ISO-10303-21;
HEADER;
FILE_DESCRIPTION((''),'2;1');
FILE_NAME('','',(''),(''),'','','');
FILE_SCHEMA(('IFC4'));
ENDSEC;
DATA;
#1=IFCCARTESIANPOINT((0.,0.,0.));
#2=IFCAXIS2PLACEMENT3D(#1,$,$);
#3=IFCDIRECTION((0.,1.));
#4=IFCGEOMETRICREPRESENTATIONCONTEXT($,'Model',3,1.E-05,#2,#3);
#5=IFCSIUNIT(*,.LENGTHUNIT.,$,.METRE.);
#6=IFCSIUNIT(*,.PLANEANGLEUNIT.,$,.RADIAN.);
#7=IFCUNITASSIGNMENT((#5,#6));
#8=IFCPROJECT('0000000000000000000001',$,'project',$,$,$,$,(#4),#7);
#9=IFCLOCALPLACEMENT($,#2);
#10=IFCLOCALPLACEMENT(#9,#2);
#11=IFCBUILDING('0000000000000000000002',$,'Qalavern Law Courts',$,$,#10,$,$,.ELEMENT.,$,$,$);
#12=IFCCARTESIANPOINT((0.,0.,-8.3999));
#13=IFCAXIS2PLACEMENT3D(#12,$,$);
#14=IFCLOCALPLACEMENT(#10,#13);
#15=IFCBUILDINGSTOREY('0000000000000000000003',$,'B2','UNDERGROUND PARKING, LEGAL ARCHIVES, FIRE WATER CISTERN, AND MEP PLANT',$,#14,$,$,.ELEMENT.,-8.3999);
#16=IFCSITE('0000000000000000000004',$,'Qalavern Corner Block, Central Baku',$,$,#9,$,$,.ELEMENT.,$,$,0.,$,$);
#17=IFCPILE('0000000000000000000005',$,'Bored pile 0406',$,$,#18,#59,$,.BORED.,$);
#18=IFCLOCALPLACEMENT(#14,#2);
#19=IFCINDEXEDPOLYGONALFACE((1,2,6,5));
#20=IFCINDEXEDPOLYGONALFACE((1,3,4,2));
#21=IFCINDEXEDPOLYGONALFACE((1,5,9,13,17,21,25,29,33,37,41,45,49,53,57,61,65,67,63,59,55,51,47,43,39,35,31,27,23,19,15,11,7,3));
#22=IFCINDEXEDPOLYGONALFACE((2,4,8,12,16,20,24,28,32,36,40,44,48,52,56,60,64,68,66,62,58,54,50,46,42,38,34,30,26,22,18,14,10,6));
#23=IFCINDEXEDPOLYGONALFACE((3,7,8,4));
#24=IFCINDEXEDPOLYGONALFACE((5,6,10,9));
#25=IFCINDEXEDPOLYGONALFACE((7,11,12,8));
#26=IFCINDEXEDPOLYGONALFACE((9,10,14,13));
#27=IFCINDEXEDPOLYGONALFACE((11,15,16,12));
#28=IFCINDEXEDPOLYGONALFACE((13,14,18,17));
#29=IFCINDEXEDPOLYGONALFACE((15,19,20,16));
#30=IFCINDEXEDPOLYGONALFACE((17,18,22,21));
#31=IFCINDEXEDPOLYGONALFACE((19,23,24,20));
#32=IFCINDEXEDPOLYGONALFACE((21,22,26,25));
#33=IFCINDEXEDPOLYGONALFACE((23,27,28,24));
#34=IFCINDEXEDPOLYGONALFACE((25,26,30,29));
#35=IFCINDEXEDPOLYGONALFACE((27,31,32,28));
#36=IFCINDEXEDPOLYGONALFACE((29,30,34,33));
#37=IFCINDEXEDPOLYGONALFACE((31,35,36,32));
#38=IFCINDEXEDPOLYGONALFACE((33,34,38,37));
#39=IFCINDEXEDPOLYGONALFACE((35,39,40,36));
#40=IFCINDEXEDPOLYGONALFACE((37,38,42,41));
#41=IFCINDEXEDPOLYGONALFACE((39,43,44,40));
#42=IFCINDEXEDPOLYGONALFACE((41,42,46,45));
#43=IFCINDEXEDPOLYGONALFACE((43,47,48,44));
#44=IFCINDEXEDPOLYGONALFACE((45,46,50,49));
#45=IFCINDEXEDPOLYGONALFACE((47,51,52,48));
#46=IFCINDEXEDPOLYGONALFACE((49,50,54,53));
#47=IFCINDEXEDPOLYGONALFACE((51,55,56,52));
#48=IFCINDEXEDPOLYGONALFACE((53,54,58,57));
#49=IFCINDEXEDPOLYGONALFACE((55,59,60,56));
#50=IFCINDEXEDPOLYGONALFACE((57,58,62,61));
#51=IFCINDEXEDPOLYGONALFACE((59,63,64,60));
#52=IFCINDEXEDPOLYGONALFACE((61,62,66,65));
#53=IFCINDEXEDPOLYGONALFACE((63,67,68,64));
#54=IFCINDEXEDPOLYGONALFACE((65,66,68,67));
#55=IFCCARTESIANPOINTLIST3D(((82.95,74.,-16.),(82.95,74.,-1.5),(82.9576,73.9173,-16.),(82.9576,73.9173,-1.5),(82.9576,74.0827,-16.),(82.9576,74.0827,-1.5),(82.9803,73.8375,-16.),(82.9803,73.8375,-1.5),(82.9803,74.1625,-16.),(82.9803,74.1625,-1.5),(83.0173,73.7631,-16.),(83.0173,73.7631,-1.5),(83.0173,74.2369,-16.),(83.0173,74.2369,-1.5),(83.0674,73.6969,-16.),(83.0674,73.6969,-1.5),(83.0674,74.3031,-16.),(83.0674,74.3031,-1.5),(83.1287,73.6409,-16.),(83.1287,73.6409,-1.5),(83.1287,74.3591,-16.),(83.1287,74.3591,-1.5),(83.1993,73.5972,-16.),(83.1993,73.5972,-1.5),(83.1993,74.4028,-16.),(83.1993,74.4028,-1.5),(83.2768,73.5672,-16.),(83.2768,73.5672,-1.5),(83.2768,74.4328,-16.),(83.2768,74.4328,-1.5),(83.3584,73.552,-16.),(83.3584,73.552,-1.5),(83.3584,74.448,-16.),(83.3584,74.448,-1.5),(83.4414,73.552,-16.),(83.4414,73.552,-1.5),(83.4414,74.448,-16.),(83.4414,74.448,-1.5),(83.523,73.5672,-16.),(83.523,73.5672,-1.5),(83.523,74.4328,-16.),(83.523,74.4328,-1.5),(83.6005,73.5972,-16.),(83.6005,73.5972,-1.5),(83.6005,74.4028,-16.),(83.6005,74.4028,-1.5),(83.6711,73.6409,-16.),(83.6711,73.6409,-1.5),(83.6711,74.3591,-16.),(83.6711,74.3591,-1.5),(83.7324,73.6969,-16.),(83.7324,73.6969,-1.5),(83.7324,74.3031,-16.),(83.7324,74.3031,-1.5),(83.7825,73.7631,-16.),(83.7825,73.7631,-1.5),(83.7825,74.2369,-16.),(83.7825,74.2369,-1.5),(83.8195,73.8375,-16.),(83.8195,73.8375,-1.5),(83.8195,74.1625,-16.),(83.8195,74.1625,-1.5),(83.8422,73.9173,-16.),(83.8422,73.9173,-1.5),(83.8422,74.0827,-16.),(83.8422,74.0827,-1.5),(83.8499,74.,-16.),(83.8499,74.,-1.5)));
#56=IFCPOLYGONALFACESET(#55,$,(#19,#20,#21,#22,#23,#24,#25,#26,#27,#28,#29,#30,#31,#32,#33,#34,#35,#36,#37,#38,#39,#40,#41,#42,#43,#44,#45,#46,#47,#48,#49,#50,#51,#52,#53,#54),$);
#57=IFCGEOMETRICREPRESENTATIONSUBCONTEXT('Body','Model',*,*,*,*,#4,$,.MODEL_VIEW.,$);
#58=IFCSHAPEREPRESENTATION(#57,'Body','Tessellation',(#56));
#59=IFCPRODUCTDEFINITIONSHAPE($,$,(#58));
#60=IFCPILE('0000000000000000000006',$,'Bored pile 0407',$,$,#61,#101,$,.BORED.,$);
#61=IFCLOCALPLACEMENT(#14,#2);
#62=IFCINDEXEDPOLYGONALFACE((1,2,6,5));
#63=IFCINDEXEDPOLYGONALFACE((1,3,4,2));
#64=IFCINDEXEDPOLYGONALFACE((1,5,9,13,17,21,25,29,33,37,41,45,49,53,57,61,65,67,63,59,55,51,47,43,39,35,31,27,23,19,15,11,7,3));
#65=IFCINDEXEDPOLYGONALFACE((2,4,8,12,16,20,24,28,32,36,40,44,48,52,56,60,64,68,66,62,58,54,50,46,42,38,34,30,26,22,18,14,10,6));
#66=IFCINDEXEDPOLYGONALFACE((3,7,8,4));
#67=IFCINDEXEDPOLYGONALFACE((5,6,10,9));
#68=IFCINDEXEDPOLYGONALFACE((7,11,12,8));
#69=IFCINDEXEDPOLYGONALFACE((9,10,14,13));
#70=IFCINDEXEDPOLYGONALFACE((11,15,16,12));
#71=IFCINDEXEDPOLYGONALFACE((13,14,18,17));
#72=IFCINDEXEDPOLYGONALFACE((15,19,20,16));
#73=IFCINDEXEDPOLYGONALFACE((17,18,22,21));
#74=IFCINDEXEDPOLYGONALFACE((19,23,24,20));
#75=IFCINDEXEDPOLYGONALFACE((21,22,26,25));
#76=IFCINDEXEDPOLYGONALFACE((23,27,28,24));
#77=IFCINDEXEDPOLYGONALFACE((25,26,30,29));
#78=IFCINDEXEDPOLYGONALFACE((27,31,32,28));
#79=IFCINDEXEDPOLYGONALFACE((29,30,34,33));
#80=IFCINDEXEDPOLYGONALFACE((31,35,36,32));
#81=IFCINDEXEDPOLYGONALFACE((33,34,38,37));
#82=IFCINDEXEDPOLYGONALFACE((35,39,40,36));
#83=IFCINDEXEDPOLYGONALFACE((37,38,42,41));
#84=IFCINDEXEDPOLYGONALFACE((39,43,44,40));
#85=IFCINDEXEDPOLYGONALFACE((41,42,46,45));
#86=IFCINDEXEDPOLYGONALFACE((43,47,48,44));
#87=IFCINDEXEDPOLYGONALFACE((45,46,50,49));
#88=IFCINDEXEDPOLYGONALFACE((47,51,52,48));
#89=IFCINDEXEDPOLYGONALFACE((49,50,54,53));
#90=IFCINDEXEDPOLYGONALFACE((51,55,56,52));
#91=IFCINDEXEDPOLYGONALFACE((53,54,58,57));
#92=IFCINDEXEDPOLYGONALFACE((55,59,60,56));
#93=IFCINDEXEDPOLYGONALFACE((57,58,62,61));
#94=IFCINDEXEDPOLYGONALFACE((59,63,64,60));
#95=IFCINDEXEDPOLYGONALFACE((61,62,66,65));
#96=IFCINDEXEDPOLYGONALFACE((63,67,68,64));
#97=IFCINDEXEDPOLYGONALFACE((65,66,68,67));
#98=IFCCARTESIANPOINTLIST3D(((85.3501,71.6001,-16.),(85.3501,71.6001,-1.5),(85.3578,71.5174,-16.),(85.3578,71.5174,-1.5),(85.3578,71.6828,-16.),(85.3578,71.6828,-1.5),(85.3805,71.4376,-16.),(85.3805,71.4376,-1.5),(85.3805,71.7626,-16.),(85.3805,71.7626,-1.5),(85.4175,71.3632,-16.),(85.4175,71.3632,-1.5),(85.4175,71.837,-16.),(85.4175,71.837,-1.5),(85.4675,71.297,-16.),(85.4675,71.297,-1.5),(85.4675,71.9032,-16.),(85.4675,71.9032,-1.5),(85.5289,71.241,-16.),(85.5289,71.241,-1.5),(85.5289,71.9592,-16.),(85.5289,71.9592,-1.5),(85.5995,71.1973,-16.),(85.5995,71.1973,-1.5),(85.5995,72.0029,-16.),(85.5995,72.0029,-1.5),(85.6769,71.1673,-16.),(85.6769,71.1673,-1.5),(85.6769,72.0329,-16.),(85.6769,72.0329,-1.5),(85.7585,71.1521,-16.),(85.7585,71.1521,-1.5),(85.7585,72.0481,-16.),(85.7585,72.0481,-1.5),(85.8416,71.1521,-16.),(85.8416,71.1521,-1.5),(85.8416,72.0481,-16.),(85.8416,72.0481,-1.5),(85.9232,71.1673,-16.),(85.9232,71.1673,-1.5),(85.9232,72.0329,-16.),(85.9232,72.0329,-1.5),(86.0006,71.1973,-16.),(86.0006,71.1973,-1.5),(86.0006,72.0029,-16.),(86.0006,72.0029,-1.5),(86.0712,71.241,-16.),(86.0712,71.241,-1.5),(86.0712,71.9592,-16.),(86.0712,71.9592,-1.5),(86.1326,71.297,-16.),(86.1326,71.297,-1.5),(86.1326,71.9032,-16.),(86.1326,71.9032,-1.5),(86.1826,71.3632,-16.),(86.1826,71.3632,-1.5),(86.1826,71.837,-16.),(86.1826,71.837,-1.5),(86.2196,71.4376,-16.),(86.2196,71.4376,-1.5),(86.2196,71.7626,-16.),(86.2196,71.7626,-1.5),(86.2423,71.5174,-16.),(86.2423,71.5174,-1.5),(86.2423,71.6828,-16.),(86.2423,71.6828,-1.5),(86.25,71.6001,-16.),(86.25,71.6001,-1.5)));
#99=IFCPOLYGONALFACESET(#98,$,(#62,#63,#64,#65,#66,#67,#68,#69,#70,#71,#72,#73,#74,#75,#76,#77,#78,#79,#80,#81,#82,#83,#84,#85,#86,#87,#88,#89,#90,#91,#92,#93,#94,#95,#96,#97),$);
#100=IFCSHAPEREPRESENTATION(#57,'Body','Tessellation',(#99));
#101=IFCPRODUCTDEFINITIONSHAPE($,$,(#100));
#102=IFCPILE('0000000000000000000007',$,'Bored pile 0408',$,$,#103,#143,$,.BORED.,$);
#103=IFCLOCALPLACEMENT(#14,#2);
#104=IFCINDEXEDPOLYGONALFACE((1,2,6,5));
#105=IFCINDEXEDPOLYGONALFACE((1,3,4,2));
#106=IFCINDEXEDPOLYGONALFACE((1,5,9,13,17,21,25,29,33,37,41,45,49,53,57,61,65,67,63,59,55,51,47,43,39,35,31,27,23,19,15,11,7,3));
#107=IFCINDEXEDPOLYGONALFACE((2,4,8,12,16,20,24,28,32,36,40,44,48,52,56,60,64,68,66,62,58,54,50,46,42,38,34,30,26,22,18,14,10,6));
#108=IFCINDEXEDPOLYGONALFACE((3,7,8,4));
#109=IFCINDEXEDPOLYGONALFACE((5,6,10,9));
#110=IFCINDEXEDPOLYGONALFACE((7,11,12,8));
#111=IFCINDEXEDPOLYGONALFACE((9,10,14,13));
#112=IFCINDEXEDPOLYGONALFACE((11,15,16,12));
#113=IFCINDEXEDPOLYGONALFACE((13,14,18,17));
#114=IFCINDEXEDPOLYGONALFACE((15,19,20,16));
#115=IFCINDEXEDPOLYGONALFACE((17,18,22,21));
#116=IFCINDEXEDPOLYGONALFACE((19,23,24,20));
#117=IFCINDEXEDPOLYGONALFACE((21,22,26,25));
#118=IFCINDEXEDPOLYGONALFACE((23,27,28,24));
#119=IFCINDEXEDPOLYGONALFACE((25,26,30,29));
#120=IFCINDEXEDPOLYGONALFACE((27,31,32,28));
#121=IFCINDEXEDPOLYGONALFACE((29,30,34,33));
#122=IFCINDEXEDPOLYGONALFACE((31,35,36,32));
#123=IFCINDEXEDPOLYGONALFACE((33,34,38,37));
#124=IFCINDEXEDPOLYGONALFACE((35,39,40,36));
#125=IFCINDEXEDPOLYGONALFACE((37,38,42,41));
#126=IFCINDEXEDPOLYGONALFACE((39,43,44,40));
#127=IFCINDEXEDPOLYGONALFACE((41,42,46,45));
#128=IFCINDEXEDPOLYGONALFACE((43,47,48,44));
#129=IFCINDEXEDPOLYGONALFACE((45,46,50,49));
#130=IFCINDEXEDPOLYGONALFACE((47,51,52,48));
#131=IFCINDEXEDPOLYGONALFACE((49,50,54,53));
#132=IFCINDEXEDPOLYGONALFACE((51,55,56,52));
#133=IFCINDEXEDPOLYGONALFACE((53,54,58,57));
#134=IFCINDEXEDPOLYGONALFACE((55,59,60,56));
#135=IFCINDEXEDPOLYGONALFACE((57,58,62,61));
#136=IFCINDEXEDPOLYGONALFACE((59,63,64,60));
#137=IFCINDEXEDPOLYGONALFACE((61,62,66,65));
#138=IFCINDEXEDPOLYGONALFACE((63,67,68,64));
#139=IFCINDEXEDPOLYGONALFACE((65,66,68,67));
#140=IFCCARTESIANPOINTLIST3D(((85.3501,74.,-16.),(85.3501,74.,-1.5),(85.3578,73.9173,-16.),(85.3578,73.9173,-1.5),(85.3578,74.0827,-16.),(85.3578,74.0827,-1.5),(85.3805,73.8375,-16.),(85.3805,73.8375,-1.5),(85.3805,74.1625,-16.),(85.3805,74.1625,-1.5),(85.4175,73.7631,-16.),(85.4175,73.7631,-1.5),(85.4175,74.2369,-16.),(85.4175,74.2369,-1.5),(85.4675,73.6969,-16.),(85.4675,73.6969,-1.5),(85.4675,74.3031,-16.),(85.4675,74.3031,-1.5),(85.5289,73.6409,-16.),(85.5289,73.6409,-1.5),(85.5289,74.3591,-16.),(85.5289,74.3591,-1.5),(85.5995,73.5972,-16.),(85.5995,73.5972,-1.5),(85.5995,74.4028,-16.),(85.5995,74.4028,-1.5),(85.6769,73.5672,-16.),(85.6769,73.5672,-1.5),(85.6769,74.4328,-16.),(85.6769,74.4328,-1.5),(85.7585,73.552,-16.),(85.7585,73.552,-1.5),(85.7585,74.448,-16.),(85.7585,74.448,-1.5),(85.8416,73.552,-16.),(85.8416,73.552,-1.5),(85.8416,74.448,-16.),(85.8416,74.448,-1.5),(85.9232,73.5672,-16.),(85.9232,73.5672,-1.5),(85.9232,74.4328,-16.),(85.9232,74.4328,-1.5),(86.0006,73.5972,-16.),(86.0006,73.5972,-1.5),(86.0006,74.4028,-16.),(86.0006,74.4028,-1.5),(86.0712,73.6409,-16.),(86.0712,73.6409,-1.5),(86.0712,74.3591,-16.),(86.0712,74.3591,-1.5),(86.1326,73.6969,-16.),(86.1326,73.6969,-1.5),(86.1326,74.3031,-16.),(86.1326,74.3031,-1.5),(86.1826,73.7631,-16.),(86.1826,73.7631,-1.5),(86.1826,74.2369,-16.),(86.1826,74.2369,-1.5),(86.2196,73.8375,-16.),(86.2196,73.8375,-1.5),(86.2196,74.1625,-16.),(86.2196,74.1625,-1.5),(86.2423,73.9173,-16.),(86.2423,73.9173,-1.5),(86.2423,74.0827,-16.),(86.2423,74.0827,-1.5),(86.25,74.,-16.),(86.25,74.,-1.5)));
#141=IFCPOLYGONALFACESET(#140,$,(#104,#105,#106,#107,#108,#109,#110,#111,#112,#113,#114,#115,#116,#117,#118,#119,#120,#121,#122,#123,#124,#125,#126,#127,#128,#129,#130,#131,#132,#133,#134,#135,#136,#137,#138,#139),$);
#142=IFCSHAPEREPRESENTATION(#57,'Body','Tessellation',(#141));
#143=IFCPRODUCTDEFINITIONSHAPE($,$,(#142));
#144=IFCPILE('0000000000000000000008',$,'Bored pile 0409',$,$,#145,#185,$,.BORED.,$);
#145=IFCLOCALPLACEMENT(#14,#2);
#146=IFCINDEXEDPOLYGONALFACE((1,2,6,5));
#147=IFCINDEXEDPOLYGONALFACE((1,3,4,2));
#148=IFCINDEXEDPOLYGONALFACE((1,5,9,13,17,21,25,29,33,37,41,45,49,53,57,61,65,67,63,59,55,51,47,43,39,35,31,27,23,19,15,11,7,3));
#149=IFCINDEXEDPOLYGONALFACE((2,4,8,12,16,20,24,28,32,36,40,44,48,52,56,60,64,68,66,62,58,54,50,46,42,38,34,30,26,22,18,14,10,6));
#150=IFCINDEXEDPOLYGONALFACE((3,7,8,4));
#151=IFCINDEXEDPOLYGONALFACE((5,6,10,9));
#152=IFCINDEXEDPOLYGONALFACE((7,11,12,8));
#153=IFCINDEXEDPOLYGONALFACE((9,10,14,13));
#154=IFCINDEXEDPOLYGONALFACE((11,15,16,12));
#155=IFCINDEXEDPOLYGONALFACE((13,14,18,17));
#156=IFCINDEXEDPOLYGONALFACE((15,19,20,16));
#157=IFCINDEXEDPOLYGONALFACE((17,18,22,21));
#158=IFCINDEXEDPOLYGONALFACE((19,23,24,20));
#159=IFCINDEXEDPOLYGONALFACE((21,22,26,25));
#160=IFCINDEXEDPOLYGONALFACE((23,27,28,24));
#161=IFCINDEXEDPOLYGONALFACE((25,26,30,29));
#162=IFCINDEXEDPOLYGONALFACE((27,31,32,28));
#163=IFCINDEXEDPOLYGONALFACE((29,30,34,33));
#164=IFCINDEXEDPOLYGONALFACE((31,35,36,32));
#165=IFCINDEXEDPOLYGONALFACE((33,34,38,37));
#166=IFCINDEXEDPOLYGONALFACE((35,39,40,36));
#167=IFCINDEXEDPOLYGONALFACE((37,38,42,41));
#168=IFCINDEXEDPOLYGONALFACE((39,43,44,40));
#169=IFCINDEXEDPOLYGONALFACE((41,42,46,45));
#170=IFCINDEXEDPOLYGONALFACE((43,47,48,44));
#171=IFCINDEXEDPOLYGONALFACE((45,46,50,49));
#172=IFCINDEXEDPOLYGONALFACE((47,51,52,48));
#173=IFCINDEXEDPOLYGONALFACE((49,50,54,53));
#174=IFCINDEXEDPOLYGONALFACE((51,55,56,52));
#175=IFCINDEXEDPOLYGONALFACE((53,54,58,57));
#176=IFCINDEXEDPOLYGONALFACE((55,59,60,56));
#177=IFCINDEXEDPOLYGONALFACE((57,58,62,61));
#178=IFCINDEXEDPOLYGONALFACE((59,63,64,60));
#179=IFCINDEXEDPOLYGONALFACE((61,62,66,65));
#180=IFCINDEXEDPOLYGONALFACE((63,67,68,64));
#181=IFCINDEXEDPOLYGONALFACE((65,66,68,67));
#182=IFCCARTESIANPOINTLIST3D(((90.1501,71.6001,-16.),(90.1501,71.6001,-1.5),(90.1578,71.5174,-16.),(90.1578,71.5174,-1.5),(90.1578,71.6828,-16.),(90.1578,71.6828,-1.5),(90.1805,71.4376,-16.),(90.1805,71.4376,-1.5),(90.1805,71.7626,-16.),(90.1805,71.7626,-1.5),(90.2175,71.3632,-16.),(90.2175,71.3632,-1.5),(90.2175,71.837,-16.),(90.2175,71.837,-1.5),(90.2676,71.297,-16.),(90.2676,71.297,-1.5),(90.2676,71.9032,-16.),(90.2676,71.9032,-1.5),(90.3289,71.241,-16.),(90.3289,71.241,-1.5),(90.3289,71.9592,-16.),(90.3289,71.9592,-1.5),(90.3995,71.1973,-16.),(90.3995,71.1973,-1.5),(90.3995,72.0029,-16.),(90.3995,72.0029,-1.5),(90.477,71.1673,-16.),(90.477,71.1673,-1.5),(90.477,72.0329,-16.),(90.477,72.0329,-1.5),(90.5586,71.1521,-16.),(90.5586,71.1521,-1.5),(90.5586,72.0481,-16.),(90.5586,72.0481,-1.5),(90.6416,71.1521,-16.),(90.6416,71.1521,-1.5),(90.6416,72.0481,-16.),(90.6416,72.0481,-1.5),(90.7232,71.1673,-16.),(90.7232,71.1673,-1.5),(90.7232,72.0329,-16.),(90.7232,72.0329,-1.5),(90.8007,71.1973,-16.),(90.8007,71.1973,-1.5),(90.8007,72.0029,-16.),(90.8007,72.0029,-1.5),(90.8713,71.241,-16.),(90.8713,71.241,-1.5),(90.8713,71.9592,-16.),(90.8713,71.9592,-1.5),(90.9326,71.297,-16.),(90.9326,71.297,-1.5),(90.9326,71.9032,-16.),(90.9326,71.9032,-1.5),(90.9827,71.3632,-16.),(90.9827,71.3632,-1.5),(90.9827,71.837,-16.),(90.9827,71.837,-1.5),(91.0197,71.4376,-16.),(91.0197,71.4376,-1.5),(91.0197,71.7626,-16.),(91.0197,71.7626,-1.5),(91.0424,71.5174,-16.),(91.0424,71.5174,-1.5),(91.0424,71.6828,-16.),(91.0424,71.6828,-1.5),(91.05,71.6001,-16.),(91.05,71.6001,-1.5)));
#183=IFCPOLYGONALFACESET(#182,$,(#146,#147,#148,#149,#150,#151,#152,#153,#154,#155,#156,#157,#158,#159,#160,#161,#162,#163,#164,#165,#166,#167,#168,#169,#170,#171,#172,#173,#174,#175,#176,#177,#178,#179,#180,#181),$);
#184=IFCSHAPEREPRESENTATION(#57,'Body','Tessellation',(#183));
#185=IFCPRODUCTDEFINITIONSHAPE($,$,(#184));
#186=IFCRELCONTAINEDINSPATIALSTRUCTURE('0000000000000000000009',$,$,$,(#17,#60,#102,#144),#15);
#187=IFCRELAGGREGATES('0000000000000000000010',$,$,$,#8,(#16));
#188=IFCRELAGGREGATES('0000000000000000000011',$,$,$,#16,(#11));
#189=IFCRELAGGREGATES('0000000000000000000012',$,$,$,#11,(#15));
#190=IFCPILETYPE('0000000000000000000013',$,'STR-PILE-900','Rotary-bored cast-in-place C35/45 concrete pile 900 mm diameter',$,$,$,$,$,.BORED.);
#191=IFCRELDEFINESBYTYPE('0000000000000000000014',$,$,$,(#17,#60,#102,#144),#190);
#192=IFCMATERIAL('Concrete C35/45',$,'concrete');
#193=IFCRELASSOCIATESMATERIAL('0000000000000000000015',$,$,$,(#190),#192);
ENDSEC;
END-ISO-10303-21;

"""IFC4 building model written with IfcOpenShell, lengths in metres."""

from ifc_helpers import new_model, si_unit, direction, frame, origin, origin_2d, place, context, subcontext, project, spatial, circle, extrude, material, material_profile, profile_set, type_object, element, save


model = new_model("IFC4")

# Units and contexts
model_context = context("Model", 3, precision=1e-05, world=origin(), true_north=direction((0.0, 1.0)))
body_context = subcontext(model_context, "Body", "Model", "MODEL_VIEW")
ifc_project = project(units=[si_unit("LENGTHUNIT", "METRE"), si_unit("PLANEANGLEUNIT", "RADIAN")], contexts=[model_context])

# Site, building, storey
site_placement = place(None, origin())
site = spatial("IfcSite", under=ifc_project, at=site_placement, Name="Qalavern Corner Block, Central Baku", CompositionType="ELEMENT", RefElevation=0.0)
building_placement = place(site_placement, origin())
building = spatial("IfcBuilding", under=site, at=building_placement, Name="Qalavern Law Courts", CompositionType="ELEMENT")
storey_placement = place(building_placement, frame((0.0, 0.0, -8.3999)))
storey = spatial("IfcBuildingStorey", under=building, at=storey_placement, Name="B2", Description="UNDERGROUND PARKING, LEGAL ARCHIVES, FIRE WATER CISTERN, AND MEP PLANT", CompositionType="ELEMENT", Elevation=-8.3999)

# Shared definitions
ifc_material_1 = material(Name="Concrete C35/45", Category="concrete")

# Piles
ifc_material_profile_1 = material_profile(ifc_material_1, circle(Radius=0.45, at=origin_2d()), Name="BORED PILE 900")
ifc_profile_set_1 = profile_set([ifc_material_profile_1], Name="Concrete C35/45")
pile_type_1 = type_object("IfcPileType", Name="STR-PILE-900", Description="Rotary-bored cast-in-place C35/45 concrete pile 900 mm diameter", PredefinedType="BORED", material=ifc_profile_set_1)
for number, where, z_axis, x_axis, name in (
    (1, (83.3999, 74.0, -1.5), (0.0, 0.0, -1.0), (1.0, 0.0, 0.0), "Bored pile 0406"),
    (2, (85.8, 71.6001, -1.5), (0.0, 0.0, -1.0), (1.0, 0.0, 0.0), "Bored pile 0407"),
    (3, (85.8, 74.0, -1.5), (0.0, 0.0, -1.0), (1.0, 0.0, 0.0), "Bored pile 0408"),
    (4, (90.6001, 71.6001, -1.5), (0.0, 0.0, -1.0), (1.0, 0.0, 0.0), "Bored pile 0409"),
):
    element("IfcPile", number, at=place(storey_placement, frame(where, z_axis=z_axis, x_axis=x_axis)), inside=storey, type_object=pile_type_1, Name=name, PredefinedType="BORED", context=body_context, shape_type="SweptSolid", body=[
        extrude(circle(Radius=0.45, at=origin_2d()), origin(), (0.0, 0.0, 1.0), 14.5),
    ])

save(model, "model.ifc")
